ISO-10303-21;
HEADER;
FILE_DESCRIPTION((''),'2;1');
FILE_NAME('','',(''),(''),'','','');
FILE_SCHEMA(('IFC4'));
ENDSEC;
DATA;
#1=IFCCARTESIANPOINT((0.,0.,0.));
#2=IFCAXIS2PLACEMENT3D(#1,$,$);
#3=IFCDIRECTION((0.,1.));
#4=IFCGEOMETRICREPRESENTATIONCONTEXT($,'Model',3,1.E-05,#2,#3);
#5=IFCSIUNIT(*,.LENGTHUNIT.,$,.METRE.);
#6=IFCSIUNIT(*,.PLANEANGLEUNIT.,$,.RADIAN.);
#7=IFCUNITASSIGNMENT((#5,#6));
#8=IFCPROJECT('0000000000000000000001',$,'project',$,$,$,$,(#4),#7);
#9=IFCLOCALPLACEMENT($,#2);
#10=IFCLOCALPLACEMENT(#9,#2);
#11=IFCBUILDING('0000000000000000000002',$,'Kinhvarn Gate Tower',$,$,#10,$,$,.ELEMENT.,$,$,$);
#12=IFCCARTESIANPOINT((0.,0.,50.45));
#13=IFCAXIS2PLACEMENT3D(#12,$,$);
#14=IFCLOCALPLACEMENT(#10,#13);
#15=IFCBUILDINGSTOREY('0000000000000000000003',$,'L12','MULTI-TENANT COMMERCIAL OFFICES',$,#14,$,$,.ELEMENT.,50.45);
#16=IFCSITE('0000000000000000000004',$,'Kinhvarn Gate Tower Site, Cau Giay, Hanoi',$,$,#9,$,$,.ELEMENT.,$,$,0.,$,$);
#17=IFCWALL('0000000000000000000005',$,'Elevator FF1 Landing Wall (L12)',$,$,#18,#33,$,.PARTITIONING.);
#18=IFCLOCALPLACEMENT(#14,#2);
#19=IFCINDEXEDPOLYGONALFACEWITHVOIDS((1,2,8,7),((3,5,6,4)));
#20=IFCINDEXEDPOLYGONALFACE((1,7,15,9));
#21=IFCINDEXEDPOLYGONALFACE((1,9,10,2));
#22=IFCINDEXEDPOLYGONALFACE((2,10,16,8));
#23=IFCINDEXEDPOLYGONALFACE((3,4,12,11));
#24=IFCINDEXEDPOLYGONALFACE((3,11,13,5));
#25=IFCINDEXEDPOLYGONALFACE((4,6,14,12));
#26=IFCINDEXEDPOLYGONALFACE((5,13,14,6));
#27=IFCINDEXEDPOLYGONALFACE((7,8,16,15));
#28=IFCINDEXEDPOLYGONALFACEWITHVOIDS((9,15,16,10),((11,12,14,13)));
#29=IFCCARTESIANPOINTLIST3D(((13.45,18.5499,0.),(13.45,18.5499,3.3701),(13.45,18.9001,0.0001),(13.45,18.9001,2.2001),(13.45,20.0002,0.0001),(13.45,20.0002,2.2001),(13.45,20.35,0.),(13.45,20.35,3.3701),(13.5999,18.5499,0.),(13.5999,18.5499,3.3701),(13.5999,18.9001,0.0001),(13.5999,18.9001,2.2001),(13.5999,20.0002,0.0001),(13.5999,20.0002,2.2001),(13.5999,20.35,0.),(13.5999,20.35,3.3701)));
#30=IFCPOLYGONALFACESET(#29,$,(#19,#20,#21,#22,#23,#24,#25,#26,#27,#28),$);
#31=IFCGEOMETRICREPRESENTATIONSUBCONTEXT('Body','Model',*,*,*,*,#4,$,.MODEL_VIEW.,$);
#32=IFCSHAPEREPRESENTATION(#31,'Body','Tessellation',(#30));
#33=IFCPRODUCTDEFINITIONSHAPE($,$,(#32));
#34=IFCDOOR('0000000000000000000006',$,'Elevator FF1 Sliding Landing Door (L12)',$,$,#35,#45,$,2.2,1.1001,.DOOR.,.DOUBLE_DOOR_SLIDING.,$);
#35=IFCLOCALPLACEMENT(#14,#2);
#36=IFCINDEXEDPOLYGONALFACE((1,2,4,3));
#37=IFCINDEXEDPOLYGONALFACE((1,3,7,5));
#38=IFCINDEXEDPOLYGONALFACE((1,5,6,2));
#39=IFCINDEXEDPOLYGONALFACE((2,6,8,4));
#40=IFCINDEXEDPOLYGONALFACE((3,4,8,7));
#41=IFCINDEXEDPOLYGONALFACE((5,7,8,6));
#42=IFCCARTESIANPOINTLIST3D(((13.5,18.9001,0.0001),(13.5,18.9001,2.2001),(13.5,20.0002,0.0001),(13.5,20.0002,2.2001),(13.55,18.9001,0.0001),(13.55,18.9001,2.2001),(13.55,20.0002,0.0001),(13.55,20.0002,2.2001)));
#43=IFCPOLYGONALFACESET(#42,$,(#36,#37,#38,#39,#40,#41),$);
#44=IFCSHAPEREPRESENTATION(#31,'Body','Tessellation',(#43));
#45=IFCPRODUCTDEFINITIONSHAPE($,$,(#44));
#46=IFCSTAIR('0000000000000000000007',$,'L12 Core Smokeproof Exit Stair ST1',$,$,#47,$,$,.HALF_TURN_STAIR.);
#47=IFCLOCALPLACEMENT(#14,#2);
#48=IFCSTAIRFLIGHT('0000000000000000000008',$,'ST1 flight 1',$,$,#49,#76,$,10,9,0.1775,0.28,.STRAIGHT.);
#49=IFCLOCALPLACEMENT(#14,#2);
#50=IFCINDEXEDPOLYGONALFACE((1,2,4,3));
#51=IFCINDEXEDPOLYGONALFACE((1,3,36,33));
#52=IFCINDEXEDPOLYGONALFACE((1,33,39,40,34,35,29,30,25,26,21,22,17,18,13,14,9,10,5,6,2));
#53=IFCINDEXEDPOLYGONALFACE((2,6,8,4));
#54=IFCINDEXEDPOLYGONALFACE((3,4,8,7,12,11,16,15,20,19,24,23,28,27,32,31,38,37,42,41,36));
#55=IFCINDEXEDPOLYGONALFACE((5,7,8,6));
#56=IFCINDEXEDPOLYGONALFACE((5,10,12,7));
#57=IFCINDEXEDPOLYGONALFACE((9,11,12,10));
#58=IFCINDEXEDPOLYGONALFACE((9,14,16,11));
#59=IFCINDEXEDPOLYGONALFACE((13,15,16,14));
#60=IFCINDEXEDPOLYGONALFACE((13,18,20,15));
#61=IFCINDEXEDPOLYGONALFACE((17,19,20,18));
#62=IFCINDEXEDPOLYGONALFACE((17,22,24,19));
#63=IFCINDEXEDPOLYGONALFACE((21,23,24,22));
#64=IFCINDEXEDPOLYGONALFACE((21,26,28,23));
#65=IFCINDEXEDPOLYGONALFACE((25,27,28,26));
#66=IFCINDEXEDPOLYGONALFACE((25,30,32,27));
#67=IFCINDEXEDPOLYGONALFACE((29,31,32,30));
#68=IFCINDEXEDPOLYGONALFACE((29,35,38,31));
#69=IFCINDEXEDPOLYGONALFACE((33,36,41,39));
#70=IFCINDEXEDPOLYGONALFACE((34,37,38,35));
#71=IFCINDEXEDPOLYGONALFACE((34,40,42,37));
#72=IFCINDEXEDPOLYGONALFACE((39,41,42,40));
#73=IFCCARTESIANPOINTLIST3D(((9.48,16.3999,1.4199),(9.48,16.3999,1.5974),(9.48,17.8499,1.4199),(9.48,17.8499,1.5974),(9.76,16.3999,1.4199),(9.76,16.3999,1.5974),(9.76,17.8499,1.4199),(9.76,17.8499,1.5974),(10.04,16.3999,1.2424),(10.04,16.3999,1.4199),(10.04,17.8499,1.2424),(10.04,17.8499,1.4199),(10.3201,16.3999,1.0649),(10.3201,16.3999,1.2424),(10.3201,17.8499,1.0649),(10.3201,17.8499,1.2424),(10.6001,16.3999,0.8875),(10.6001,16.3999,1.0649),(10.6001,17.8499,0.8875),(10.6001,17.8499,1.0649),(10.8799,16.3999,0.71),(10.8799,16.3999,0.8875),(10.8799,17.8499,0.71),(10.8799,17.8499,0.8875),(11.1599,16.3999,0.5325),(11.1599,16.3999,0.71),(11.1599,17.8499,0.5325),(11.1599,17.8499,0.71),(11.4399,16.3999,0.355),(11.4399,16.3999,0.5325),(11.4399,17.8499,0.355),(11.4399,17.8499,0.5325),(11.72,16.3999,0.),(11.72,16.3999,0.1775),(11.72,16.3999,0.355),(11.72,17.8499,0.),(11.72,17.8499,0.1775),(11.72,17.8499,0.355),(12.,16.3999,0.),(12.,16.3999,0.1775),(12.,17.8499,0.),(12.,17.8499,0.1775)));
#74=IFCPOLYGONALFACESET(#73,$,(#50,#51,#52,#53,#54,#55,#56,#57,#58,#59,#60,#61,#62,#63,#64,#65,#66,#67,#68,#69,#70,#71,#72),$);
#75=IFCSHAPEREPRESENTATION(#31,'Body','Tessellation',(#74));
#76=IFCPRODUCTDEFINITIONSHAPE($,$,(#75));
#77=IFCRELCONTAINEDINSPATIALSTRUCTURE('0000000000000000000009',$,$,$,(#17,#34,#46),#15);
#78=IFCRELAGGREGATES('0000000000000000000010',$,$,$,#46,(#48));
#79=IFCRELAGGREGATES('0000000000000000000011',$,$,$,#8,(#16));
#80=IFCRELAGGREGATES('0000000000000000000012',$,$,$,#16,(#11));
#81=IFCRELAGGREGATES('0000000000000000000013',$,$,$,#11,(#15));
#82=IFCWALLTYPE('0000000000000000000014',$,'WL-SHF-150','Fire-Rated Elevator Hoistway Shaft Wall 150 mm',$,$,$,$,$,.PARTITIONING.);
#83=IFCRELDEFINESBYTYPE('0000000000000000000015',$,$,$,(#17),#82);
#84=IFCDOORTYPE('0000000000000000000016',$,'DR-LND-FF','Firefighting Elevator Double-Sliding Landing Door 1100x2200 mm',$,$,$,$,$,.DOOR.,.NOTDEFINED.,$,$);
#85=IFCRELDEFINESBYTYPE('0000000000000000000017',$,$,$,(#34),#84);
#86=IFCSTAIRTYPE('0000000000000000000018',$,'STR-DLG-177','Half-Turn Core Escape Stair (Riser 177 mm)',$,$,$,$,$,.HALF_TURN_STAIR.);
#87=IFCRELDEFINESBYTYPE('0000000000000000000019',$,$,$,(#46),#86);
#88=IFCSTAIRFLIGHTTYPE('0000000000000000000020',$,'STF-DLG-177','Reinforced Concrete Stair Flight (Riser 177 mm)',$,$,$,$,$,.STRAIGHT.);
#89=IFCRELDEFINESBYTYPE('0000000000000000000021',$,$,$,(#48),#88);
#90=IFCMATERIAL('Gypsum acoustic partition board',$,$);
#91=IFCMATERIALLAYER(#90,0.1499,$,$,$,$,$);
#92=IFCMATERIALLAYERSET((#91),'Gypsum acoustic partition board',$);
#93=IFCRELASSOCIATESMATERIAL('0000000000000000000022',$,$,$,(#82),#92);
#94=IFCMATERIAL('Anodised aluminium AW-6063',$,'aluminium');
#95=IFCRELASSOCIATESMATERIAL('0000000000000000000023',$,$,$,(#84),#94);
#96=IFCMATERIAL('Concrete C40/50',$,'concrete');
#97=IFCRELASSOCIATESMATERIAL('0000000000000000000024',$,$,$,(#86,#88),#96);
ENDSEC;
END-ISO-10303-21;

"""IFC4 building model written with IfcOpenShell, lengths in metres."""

from ifc_helpers import new_model, si_unit, direction, frame, frame_2d, origin, place, context, subcontext, project, spatial, polyline, rectangle, outline, extrude, material, layer, layer_set, type_object, element, fill, aggregate, save


model = new_model("IFC4")

# Units and contexts
model_context = context("Model", 3, precision=1e-05, world=origin(), true_north=direction((0.0, 1.0)))
body_context = subcontext(model_context, "Body", "Model", "MODEL_VIEW")
ifc_project = project(units=[si_unit("LENGTHUNIT", "METRE"), si_unit("PLANEANGLEUNIT", "RADIAN")], contexts=[model_context])

# Site, building, storey
site_placement = place(None, origin())
site = spatial("IfcSite", under=ifc_project, at=site_placement, Name="Kinhvarn Gate Tower Site, Cau Giay, Hanoi", CompositionType="ELEMENT", RefElevation=0.0)
building_placement = place(site_placement, origin())
building = spatial("IfcBuilding", under=site, at=building_placement, Name="Kinhvarn Gate Tower", CompositionType="ELEMENT")
storey_placement = place(building_placement, frame((0.0, 0.0, 50.45)))
storey = spatial("IfcBuildingStorey", under=building, at=storey_placement, Name="L12", Description="MULTI-TENANT COMMERCIAL OFFICES", CompositionType="ELEMENT", Elevation=50.45)

# Shared definitions
ifc_material_1 = material(Name="Anodised aluminium AW-6063", Category="aluminium")
ifc_material_2 = material(Name="Gypsum acoustic partition board")

# Shared definitions
ifc_layer_1 = layer(ifc_material_2, 0.1499)
ifc_layer_set_1 = layer_set([ifc_layer_1], Name="Gypsum acoustic partition board")
wall_type_1 = type_object("IfcWallType", Name="WL-SHF-150", Description="Fire-Rated Elevator Hoistway Shaft Wall 150 mm", PredefinedType="PARTITIONING", material=ifc_layer_set_1)

# Wall, opening, door
wall_1_placement = place(storey_placement, frame((13.5249, 18.55, 0.0), z_axis=(0.0, 0.0, 1.0), x_axis=(0.0, 1.0, 0.0)))
wall_1 = element("IfcWall", 1, at=wall_1_placement, inside=storey, type_object=wall_type_1, Name="Elevator FF1 Landing Wall (L12)", PredefinedType="PARTITIONING", context=body_context, shape_type="SweptSolid", body=[
    extrude(rectangle(XDim=1.8, YDim=0.1499, at=frame_2d((0.8999, 0.0))), origin(), (0.0, 0.0, 1.0), 3.3701),
])
opening_1_placement = place(wall_1_placement, frame((0.3501, 0.0, 0.0)))
opening_1 = element("IfcOpeningElement", 2, at=opening_1_placement, cuts=wall_1, PredefinedType="OPENING", context=body_context, shape_type="SweptSolid", body=[
    extrude(rectangle(XDim=1.1001, YDim=2.2, at=frame_2d((0.55, 1.1001))), frame((0.0, 0.085, 0.0), z_axis=(0.0, -1.0, 0.0), x_axis=(1.0, 0.0, 0.0)), (0.0, 0.0, 1.0), 0.1699),
])
door_type_1 = type_object("IfcDoorType", Name="DR-LND-FF", Description="Firefighting Elevator Double-Sliding Landing Door 1100x2200 mm", OperationType="NOTDEFINED", PredefinedType="DOOR", material=ifc_material_1)
door_1_placement = place(opening_1_placement, origin())
door_1 = element("IfcDoor", 3, at=door_1_placement, inside=storey, type_object=door_type_1, Name="Elevator FF1 Sliding Landing Door (L12)", OperationType="DOUBLE_DOOR_SLIDING", OverallHeight=2.2, OverallWidth=1.1001, PredefinedType="DOOR", context=body_context, shape_type="SweptSolid", body=[
    extrude(rectangle(XDim=1.1001, YDim=2.2, at=frame_2d((0.55, 1.1001))), frame((0.0, 0.0249, 0.0), z_axis=(0.0, -1.0, 0.0), x_axis=(1.0, 0.0, 0.0)), (0.0, 0.0, 1.0), 0.05),
])
fill(opening_1, door_1)
ifc_material_3 = material(Name="Concrete C40/50", Category="concrete")

# Stair, stair flight
stair_type = type_object("IfcStairType", Name="STR-DLG-177", Description="Half-Turn Core Escape Stair (Riser 177 mm)", PredefinedType="HALF_TURN_STAIR", material=ifc_material_3)
stair_placement = place(storey_placement, origin())
stair = element("IfcStair", 4, at=stair_placement, inside=storey, type_object=stair_type, Name="L12 Core Smokeproof Exit Stair ST1", PredefinedType="HALF_TURN_STAIR")
stair_flight_type = type_object("IfcStairFlightType", Name="STF-DLG-177", Description="Reinforced Concrete Stair Flight (Riser 177 mm)", PredefinedType="STRAIGHT", material=ifc_material_3)
stair_flight_placement = place(storey_placement, frame((12.0, 17.125, 0.0), z_axis=(0.0, 0.0, 1.0), x_axis=(-1.0, 0.0, 0.0)))
stair_flight = element("IfcStairFlight", 5, at=stair_flight_placement, type_object=stair_flight_type, Name="ST1 flight 1", NumberOfRisers=10, NumberOfTreads=9, PredefinedType="STRAIGHT", RiserHeight=0.1775, TreadLength=0.28, context=body_context, shape_type="SweptSolid", body=[
    extrude(outline(polyline([(0.0, 0.0), (0.0, 0.1775), (0.28, 0.1775), (0.28, 0.355), (0.5601, 0.355), (0.5601, 0.5325), (0.8401, 0.5325), (0.8401, 0.71), (1.1201, 0.71), (1.1201, 0.8875), (1.3999, 0.8875), (1.3999, 1.0649), (1.6799, 1.0649), (1.6799, 1.2424), (1.96, 1.2424), (1.96, 1.4199), (2.24, 1.4199), (2.24, 1.5974), (2.52, 1.5974), (2.52, 1.7749), (2.52, 1.4199), (0.28, 0.0), (0.0, 0.0)])), frame((0.0, 0.7251, 0.0), z_axis=(0.0, -1.0, 0.0), x_axis=(1.0, 0.0, 0.0)), (0.0, 0.0, 1.0), 1.45),
])
aggregate(stair, [stair_flight])

save(model, "model.ifc")
